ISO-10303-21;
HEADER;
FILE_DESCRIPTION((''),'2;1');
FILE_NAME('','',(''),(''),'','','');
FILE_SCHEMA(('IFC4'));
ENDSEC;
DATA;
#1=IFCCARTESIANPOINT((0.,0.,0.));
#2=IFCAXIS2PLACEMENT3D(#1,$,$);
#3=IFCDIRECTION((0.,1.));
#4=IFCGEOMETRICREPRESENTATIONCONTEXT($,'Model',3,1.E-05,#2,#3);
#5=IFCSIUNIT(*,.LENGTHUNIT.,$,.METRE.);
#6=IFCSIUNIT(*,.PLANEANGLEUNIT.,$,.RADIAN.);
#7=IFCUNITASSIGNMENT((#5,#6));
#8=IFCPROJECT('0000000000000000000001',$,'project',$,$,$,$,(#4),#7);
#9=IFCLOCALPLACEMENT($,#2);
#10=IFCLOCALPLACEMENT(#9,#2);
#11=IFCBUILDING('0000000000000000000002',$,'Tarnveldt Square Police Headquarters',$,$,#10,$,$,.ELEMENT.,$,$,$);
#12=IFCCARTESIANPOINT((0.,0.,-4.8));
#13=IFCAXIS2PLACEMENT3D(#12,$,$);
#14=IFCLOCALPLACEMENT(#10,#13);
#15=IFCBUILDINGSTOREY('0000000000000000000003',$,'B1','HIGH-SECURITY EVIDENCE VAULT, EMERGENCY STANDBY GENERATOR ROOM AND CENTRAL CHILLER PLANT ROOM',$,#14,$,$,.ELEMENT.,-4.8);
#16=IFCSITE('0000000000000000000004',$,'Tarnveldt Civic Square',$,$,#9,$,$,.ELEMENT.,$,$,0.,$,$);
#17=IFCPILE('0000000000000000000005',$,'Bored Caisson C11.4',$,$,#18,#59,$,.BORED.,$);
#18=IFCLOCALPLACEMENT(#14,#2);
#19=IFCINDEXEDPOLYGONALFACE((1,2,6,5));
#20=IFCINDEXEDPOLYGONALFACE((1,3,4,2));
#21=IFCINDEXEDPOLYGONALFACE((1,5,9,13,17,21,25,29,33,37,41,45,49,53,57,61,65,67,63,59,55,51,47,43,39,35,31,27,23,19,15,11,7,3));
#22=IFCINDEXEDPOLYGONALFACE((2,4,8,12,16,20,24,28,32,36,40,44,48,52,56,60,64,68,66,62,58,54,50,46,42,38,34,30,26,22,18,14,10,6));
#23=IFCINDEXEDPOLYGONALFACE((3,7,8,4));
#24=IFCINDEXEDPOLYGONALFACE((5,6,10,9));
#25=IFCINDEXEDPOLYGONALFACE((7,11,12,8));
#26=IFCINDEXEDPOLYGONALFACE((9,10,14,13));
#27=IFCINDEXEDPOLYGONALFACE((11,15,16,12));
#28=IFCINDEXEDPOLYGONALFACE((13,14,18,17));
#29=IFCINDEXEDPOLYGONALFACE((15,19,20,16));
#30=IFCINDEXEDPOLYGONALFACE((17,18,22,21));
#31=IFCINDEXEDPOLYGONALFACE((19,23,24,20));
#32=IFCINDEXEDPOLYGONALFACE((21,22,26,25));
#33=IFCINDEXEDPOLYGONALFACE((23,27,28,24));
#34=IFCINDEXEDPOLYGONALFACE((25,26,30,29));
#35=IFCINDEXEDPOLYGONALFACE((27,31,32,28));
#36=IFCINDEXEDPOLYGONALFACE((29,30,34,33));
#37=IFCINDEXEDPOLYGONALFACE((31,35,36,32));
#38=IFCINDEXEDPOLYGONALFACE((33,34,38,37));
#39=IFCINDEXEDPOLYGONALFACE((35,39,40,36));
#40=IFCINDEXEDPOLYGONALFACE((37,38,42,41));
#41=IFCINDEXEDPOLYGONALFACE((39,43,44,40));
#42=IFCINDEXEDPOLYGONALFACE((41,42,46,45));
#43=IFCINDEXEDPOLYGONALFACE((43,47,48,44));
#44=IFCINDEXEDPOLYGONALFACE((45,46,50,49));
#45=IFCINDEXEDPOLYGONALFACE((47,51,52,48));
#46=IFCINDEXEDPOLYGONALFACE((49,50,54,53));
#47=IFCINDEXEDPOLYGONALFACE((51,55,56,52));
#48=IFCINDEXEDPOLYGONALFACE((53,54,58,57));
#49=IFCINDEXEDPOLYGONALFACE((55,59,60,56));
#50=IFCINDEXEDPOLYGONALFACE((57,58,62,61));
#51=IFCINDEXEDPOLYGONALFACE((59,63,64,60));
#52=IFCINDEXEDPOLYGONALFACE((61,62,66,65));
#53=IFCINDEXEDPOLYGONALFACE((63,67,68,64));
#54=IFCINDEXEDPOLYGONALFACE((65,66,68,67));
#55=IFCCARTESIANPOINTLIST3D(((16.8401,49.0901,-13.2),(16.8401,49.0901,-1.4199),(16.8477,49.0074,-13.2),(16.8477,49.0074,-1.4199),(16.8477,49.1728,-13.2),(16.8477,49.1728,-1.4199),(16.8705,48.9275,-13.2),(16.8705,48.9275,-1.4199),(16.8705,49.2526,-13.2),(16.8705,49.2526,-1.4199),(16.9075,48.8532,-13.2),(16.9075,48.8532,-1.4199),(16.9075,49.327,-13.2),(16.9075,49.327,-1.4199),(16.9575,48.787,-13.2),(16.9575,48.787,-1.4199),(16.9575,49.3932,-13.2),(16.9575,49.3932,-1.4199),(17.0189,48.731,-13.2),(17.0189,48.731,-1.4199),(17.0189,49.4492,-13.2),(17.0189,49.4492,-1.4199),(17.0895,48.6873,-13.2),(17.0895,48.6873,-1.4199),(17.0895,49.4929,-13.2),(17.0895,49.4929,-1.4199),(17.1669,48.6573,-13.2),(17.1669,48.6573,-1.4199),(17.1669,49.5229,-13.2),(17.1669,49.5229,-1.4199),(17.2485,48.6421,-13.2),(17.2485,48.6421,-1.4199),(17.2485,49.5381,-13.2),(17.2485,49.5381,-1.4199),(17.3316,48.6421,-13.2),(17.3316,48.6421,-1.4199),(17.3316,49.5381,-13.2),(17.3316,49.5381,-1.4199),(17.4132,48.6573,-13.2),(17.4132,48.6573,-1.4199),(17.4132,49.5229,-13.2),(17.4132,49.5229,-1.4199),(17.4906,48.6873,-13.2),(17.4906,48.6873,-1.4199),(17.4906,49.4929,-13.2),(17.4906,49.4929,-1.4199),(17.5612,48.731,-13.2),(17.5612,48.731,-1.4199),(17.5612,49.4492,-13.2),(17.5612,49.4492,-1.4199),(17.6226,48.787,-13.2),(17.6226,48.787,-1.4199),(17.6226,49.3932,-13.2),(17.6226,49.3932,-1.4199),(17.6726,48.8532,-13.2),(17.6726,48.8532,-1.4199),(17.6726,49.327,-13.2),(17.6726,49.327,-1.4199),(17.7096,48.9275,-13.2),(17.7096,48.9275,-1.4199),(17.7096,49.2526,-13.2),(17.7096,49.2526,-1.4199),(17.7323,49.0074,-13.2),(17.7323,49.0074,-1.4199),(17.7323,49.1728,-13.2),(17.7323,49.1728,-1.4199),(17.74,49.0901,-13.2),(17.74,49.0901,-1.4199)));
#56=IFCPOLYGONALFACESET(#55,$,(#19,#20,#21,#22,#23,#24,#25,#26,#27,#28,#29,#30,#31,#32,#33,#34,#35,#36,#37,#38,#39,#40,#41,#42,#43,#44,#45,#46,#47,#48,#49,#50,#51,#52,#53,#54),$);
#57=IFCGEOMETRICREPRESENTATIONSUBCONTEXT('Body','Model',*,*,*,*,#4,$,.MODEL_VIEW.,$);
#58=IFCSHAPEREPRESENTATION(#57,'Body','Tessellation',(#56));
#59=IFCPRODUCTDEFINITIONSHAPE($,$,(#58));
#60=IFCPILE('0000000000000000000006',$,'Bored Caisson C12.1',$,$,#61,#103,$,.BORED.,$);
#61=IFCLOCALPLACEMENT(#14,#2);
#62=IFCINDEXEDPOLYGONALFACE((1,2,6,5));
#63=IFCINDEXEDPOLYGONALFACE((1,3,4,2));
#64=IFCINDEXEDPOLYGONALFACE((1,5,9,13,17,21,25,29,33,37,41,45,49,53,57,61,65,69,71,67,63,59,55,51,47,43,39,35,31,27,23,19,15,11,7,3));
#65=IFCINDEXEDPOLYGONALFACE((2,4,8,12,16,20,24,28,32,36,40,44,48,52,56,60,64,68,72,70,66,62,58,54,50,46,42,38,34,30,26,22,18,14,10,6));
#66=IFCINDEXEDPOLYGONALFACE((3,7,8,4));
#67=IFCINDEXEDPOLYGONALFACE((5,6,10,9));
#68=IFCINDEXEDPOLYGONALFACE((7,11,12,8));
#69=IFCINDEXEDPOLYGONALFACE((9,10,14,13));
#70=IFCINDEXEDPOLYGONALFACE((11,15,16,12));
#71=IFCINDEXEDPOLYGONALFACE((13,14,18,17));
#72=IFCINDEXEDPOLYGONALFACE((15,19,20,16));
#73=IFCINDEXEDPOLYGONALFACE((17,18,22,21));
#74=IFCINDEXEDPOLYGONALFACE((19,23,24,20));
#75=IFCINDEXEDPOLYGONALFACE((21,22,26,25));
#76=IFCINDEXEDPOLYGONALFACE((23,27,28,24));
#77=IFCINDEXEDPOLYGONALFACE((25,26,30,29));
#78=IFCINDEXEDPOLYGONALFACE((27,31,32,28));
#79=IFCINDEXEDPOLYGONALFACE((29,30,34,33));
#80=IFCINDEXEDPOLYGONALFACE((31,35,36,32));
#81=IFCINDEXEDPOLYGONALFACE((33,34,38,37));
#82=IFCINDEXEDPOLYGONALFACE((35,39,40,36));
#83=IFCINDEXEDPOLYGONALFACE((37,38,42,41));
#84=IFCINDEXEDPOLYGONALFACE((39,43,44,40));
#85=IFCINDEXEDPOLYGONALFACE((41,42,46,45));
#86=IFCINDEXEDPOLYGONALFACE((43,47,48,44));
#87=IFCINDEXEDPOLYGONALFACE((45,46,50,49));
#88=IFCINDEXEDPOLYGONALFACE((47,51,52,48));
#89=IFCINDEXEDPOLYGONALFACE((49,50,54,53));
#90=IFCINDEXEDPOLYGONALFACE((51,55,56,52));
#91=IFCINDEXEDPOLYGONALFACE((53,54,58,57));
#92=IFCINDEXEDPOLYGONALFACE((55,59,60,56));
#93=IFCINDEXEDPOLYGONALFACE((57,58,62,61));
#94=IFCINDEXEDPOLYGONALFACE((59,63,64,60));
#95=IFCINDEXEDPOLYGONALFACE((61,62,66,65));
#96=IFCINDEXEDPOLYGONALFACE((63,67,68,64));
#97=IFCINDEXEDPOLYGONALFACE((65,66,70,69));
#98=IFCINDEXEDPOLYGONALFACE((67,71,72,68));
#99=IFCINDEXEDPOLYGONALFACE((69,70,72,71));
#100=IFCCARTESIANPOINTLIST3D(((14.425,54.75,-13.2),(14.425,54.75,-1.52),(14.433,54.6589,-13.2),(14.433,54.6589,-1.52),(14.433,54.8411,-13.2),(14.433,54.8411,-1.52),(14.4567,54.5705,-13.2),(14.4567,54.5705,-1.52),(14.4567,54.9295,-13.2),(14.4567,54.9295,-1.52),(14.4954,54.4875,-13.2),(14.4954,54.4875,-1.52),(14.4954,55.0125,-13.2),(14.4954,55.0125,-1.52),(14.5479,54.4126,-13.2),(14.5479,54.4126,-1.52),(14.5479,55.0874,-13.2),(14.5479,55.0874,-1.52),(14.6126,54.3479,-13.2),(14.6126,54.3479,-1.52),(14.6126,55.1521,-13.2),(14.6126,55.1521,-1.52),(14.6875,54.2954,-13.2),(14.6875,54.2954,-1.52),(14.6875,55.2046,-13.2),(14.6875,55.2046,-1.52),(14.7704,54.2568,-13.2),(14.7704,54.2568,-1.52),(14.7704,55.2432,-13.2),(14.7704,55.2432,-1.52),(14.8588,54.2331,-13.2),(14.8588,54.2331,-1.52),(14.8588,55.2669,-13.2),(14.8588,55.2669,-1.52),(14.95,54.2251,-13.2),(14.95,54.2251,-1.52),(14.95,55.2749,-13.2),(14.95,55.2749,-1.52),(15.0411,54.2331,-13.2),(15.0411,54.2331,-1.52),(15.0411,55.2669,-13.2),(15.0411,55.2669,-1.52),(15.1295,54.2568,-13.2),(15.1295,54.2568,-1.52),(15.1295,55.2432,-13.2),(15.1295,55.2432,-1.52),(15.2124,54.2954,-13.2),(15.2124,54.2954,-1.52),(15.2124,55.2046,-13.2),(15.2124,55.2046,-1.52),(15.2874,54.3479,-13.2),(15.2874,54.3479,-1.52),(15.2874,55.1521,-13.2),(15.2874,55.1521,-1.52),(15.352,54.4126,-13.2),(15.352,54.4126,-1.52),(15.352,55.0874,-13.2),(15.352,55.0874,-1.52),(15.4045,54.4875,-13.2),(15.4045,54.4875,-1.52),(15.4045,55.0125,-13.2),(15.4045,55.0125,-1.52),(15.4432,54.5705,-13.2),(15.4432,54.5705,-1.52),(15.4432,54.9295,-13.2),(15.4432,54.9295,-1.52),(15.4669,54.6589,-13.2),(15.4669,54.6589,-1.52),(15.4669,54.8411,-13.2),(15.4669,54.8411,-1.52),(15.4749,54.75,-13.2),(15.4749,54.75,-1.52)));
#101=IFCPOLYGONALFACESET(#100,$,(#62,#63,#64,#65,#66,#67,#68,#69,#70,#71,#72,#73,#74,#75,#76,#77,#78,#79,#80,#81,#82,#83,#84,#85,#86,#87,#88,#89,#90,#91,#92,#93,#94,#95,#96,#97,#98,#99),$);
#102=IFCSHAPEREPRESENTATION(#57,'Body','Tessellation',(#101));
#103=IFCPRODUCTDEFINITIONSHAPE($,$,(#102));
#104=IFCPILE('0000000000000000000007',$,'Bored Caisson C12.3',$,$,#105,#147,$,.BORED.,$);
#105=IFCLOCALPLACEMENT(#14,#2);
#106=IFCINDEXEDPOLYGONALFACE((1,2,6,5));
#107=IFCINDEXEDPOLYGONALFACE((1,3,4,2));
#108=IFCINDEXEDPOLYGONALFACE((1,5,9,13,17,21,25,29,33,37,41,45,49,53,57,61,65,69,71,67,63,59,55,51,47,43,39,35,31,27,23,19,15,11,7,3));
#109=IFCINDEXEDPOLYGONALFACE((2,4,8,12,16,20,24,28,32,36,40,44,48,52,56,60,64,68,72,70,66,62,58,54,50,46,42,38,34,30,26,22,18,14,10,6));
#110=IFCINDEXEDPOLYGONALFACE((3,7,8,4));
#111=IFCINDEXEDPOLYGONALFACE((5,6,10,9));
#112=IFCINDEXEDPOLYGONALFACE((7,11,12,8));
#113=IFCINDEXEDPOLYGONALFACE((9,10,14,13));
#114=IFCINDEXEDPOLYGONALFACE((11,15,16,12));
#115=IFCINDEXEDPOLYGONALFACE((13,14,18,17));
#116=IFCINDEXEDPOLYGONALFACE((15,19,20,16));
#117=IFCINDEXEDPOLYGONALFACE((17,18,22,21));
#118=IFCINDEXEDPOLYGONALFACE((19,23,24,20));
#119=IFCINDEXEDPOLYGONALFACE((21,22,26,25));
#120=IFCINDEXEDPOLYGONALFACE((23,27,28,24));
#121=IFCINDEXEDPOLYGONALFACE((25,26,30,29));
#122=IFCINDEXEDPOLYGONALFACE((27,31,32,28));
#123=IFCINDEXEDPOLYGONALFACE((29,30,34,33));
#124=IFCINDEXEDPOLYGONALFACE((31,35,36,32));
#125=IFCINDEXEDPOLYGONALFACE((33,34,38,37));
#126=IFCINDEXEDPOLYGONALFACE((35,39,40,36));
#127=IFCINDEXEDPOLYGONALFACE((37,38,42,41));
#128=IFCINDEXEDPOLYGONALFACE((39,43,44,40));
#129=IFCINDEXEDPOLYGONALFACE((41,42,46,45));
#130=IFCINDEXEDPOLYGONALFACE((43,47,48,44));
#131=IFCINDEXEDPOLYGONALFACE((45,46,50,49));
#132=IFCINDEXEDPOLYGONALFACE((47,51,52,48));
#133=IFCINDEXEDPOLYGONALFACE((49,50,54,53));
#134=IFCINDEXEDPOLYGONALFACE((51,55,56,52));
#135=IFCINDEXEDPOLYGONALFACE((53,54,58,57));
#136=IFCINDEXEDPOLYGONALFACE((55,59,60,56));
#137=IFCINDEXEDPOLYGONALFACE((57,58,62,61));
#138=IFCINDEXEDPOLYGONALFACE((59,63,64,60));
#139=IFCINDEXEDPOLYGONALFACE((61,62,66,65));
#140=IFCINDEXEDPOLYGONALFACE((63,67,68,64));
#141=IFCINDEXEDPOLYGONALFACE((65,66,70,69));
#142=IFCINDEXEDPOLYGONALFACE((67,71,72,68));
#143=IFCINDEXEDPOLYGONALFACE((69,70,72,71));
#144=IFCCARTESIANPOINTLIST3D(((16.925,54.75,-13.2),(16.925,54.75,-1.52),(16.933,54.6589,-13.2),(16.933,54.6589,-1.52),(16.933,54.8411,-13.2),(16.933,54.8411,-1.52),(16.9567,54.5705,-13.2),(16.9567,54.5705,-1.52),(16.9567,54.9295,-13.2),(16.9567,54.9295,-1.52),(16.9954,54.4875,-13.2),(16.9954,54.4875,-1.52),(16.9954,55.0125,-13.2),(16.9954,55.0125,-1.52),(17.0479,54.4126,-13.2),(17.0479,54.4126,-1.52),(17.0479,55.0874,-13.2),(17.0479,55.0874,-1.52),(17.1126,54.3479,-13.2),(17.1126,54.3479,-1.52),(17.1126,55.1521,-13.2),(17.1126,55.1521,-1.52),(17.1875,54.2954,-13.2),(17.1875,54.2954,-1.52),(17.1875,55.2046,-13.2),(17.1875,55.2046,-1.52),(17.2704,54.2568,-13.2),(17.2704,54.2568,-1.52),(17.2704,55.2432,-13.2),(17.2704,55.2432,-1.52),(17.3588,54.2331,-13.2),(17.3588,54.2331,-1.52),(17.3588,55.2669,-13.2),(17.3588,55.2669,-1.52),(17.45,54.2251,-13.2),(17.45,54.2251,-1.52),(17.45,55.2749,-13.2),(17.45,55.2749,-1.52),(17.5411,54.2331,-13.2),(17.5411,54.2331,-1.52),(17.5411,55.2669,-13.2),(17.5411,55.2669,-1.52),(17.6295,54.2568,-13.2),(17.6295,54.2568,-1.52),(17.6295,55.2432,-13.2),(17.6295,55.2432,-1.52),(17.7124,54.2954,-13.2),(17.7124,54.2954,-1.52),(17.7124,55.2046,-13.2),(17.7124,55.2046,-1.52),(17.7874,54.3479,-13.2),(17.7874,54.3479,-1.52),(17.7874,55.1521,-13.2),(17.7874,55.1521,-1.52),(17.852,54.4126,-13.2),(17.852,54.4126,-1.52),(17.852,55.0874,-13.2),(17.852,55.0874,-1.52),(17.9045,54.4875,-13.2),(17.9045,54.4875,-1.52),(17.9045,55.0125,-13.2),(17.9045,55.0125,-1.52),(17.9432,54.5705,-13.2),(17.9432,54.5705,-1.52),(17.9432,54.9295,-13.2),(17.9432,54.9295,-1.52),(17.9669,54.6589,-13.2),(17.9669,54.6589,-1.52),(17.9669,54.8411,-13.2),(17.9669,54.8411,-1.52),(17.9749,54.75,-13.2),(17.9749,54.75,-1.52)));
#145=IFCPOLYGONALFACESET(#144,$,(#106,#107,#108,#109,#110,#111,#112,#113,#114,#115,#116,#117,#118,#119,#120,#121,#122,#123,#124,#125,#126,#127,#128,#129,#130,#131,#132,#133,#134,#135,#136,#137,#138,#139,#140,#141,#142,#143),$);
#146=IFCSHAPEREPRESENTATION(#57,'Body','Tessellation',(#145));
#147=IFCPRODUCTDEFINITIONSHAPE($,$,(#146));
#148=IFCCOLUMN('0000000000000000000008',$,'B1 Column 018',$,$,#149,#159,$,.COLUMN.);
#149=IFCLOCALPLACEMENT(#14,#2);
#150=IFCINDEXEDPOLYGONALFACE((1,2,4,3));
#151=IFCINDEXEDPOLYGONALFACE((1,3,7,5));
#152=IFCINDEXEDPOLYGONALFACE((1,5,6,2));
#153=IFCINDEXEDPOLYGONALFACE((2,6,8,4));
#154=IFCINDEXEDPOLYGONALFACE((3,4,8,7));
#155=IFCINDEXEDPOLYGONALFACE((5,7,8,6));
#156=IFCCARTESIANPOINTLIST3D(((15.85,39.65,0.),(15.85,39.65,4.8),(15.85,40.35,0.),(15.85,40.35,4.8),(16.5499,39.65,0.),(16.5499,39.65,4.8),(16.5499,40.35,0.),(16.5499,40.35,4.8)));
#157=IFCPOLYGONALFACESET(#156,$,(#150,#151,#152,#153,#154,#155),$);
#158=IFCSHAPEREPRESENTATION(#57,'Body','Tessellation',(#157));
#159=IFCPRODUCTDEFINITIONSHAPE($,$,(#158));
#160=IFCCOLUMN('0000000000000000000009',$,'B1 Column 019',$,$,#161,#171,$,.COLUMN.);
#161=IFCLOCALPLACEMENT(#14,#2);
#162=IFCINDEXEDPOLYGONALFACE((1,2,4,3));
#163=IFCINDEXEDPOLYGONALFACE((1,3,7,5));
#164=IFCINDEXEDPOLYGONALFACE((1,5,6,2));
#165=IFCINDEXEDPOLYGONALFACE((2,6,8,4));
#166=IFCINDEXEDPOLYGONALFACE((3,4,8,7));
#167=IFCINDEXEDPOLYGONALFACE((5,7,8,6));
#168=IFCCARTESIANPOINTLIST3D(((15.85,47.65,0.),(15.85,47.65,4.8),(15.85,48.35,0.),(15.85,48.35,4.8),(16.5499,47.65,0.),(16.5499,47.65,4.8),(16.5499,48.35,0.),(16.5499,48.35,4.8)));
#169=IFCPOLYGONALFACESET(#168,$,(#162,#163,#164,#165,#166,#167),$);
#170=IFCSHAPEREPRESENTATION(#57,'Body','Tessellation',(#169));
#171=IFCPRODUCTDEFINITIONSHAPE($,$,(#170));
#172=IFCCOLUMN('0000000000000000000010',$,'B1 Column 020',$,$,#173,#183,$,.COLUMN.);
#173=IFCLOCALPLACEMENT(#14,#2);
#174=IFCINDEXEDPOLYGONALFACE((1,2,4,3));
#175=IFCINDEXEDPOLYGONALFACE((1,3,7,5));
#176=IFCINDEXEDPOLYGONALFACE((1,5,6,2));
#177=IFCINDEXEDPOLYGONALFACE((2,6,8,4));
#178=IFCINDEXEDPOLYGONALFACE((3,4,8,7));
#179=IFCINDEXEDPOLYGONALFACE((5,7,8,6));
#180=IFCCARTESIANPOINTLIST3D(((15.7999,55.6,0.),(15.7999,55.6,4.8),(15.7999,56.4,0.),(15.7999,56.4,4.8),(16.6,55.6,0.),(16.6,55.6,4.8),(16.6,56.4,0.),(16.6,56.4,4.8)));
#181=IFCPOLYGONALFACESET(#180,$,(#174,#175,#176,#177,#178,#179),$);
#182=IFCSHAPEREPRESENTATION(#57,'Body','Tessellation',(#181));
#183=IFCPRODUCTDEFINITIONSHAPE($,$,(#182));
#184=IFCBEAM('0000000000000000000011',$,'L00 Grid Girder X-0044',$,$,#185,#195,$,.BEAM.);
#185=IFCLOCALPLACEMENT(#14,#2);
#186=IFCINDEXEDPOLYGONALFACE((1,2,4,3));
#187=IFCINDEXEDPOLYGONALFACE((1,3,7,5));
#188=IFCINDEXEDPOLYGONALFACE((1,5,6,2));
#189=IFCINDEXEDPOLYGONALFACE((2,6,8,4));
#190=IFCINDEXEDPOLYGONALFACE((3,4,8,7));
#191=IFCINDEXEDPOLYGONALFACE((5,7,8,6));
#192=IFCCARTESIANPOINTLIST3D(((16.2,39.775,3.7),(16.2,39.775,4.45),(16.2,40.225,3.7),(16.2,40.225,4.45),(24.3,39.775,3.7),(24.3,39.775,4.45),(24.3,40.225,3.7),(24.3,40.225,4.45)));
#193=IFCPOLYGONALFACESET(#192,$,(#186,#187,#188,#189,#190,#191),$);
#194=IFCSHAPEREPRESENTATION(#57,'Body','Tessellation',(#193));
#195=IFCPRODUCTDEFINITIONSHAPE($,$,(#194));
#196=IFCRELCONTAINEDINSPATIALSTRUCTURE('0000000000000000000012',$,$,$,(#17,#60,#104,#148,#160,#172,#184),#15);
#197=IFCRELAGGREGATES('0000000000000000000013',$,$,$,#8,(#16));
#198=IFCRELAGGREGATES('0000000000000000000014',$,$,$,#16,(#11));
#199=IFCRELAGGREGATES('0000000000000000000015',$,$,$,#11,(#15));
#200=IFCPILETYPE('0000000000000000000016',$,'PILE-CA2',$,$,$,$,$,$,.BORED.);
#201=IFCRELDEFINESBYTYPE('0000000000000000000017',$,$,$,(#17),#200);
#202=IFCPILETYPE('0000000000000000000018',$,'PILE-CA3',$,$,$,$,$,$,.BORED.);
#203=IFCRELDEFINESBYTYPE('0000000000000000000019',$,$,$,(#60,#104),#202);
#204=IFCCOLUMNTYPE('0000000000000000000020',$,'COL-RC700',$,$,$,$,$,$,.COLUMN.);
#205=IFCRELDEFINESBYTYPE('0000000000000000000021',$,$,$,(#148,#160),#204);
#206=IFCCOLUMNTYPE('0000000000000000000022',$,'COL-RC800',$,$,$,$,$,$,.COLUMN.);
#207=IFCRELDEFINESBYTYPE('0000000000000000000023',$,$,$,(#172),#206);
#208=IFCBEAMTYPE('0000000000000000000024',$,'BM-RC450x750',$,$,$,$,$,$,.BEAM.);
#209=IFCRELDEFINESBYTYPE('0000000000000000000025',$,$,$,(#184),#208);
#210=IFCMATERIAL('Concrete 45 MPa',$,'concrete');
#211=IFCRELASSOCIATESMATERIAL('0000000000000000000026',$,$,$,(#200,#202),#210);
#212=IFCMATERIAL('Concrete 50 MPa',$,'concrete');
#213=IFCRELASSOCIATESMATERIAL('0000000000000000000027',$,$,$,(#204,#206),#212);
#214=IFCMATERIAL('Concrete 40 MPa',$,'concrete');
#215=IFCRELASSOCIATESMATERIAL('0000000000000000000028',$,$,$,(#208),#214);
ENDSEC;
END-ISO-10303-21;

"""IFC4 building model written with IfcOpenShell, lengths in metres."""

from ifc_helpers import new_model, si_unit, direction, frame, origin, origin_2d, place, context, subcontext, project, spatial, rectangle, circle, extrude, material, material_profile, profile_set, type_object, element, save


model = new_model("IFC4")

# Units and contexts
model_context = context("Model", 3, precision=1e-05, world=origin(), true_north=direction((0.0, 1.0)))
body_context = subcontext(model_context, "Body", "Model", "MODEL_VIEW")
ifc_project = project(units=[si_unit("LENGTHUNIT", "METRE"), si_unit("PLANEANGLEUNIT", "RADIAN")], contexts=[model_context])

# Site, building, storey
site_placement = place(None, origin())
site = spatial("IfcSite", under=ifc_project, at=site_placement, Name="Tarnveldt Civic Square", CompositionType="ELEMENT", RefElevation=0.0)
building_placement = place(site_placement, origin())
building = spatial("IfcBuilding", under=site, at=building_placement, Name="Tarnveldt Square Police Headquarters", CompositionType="ELEMENT")
storey_placement = place(building_placement, frame((0.0, 0.0, -4.8)))
storey = spatial("IfcBuildingStorey", under=building, at=storey_placement, Name="B1", Description="HIGH-SECURITY EVIDENCE VAULT, EMERGENCY STANDBY GENERATOR ROOM AND CENTRAL CHILLER PLANT ROOM", CompositionType="ELEMENT", Elevation=-4.8)

# Shared definitions
ifc_material_1 = material(Name="Concrete 45 MPa", Category="concrete")

# Piles
ifc_material_profile_1 = material_profile(ifc_material_1, circle(Radius=0.45, at=origin_2d()), Name="CAISSON-D900")
ifc_profile_set_1 = profile_set([ifc_material_profile_1], Name="Concrete 45 MPa")
pile_type_1 = type_object("IfcPileType", Name="PILE-CA2", PredefinedType="BORED", material=ifc_profile_set_1)
for number, where, z_axis, x_axis, name in (
    (1, (17.29, 49.0901, -1.4199), (0.0, 0.0, -1.0), (1.0, 0.0, 0.0), "Bored Caisson C11.4"),
):
    element("IfcPile", number, at=place(storey_placement, frame(where, z_axis=z_axis, x_axis=x_axis)), inside=storey, type_object=pile_type_1, Name=name, PredefinedType="BORED", context=body_context, shape_type="SweptSolid", body=[
        extrude(circle(Radius=0.45, at=origin_2d()), origin(), (0.0, 0.0, 1.0), 11.78),
    ])
ifc_material_profile_2 = material_profile(ifc_material_1, circle(Radius=0.5249, at=origin_2d()), Name="CAISSON-D1050")
ifc_profile_set_2 = profile_set([ifc_material_profile_2], Name="Concrete 45 MPa")
pile_type_2 = type_object("IfcPileType", Name="PILE-CA3", PredefinedType="BORED", material=ifc_profile_set_2)
for number, where, z_axis, x_axis, name in (
    (2, (14.95, 54.75, -1.52), (0.0, 0.0, -1.0), (1.0, 0.0, 0.0), "Bored Caisson C12.1"),
    (3, (17.45, 54.75, -1.52), (0.0, 0.0, -1.0), (1.0, 0.0, 0.0), "Bored Caisson C12.3"),
):
    element("IfcPile", number, at=place(storey_placement, frame(where, z_axis=z_axis, x_axis=x_axis)), inside=storey, type_object=pile_type_2, Name=name, PredefinedType="BORED", context=body_context, shape_type="SweptSolid", body=[
        extrude(circle(Radius=0.5249, at=origin_2d()), origin(), (0.0, 0.0, 1.0), 11.6799),
    ])

# Columns
ifc_material_2 = material(Name="Concrete 50 MPa", Category="concrete")
ifc_material_profile_3 = material_profile(ifc_material_2, rectangle(XDim=0.7, YDim=0.7, at=origin_2d()), Name="RC-C700x700")
ifc_profile_set_3 = profile_set([ifc_material_profile_3], Name="Concrete 50 MPa")
column_type_1 = type_object("IfcColumnType", Name="COL-RC700", PredefinedType="COLUMN", material=ifc_profile_set_3)
for number, where, z_axis, x_axis, name in (
    (4, (16.2, 40.0, 0.0), (0.0, 0.0, 1.0), (1.0, 0.0, 0.0), "B1 Column 018"),
    (5, (16.2, 48.0, 0.0), (0.0, 0.0, 1.0), (1.0, 0.0, 0.0), "B1 Column 019"),
):
    element("IfcColumn", number, at=place(storey_placement, frame(where, z_axis=z_axis, x_axis=x_axis)), inside=storey, type_object=column_type_1, Name=name, PredefinedType="COLUMN", context=body_context, shape_type="SweptSolid", body=[
        extrude(rectangle(XDim=0.7, YDim=0.7, at=origin_2d()), origin(), (0.0, 0.0, 1.0), 4.8),
    ])
ifc_material_profile_4 = material_profile(ifc_material_2, rectangle(XDim=0.8, YDim=0.8, at=origin_2d()), Name="RC-C800x800")
ifc_profile_set_4 = profile_set([ifc_material_profile_4], Name="Concrete 50 MPa")
column_type_2 = type_object("IfcColumnType", Name="COL-RC800", PredefinedType="COLUMN", material=ifc_profile_set_4)
column_placement = place(storey_placement, frame((16.2, 56.0, 0.0), z_axis=(0.0, 0.0, 1.0), x_axis=(1.0, 0.0, 0.0)))
element("IfcColumn", 6, at=column_placement, inside=storey, type_object=column_type_2, Name="B1 Column 020", PredefinedType="COLUMN", context=body_context, shape_type="SweptSolid", body=[
    extrude(rectangle(XDim=0.8, YDim=0.8, at=origin_2d()), origin(), (0.0, 0.0, 1.0), 4.8),
])

# Beam
ifc_material_3 = material(Name="Concrete 40 MPa", Category="concrete")
ifc_material_profile_5 = material_profile(ifc_material_3, rectangle(XDim=0.45, YDim=0.75, at=origin_2d()), Name="RC-B450x750")
ifc_profile_set_5 = profile_set([ifc_material_profile_5], Name="Concrete 40 MPa")
beam_type_1 = type_object("IfcBeamType", Name="BM-RC450x750", PredefinedType="BEAM", material=ifc_profile_set_5)
for number, where, z_axis, x_axis, name in (
    (7, (16.2, 40.0, 4.075), (1.0, 0.0, 0.0), (0.0, 1.0, 0.0), "L00 Grid Girder X-0044"),
):
    element("IfcBeam", number, at=place(storey_placement, frame(where, z_axis=z_axis, x_axis=x_axis)), inside=storey, type_object=beam_type_1, Name=name, PredefinedType="BEAM", context=body_context, shape_type="SweptSolid", body=[
        extrude(rectangle(XDim=0.45, YDim=0.75, at=origin_2d()), origin(), (0.0, 0.0, 1.0), 8.1001),
    ])

save(model, "model.ifc")
